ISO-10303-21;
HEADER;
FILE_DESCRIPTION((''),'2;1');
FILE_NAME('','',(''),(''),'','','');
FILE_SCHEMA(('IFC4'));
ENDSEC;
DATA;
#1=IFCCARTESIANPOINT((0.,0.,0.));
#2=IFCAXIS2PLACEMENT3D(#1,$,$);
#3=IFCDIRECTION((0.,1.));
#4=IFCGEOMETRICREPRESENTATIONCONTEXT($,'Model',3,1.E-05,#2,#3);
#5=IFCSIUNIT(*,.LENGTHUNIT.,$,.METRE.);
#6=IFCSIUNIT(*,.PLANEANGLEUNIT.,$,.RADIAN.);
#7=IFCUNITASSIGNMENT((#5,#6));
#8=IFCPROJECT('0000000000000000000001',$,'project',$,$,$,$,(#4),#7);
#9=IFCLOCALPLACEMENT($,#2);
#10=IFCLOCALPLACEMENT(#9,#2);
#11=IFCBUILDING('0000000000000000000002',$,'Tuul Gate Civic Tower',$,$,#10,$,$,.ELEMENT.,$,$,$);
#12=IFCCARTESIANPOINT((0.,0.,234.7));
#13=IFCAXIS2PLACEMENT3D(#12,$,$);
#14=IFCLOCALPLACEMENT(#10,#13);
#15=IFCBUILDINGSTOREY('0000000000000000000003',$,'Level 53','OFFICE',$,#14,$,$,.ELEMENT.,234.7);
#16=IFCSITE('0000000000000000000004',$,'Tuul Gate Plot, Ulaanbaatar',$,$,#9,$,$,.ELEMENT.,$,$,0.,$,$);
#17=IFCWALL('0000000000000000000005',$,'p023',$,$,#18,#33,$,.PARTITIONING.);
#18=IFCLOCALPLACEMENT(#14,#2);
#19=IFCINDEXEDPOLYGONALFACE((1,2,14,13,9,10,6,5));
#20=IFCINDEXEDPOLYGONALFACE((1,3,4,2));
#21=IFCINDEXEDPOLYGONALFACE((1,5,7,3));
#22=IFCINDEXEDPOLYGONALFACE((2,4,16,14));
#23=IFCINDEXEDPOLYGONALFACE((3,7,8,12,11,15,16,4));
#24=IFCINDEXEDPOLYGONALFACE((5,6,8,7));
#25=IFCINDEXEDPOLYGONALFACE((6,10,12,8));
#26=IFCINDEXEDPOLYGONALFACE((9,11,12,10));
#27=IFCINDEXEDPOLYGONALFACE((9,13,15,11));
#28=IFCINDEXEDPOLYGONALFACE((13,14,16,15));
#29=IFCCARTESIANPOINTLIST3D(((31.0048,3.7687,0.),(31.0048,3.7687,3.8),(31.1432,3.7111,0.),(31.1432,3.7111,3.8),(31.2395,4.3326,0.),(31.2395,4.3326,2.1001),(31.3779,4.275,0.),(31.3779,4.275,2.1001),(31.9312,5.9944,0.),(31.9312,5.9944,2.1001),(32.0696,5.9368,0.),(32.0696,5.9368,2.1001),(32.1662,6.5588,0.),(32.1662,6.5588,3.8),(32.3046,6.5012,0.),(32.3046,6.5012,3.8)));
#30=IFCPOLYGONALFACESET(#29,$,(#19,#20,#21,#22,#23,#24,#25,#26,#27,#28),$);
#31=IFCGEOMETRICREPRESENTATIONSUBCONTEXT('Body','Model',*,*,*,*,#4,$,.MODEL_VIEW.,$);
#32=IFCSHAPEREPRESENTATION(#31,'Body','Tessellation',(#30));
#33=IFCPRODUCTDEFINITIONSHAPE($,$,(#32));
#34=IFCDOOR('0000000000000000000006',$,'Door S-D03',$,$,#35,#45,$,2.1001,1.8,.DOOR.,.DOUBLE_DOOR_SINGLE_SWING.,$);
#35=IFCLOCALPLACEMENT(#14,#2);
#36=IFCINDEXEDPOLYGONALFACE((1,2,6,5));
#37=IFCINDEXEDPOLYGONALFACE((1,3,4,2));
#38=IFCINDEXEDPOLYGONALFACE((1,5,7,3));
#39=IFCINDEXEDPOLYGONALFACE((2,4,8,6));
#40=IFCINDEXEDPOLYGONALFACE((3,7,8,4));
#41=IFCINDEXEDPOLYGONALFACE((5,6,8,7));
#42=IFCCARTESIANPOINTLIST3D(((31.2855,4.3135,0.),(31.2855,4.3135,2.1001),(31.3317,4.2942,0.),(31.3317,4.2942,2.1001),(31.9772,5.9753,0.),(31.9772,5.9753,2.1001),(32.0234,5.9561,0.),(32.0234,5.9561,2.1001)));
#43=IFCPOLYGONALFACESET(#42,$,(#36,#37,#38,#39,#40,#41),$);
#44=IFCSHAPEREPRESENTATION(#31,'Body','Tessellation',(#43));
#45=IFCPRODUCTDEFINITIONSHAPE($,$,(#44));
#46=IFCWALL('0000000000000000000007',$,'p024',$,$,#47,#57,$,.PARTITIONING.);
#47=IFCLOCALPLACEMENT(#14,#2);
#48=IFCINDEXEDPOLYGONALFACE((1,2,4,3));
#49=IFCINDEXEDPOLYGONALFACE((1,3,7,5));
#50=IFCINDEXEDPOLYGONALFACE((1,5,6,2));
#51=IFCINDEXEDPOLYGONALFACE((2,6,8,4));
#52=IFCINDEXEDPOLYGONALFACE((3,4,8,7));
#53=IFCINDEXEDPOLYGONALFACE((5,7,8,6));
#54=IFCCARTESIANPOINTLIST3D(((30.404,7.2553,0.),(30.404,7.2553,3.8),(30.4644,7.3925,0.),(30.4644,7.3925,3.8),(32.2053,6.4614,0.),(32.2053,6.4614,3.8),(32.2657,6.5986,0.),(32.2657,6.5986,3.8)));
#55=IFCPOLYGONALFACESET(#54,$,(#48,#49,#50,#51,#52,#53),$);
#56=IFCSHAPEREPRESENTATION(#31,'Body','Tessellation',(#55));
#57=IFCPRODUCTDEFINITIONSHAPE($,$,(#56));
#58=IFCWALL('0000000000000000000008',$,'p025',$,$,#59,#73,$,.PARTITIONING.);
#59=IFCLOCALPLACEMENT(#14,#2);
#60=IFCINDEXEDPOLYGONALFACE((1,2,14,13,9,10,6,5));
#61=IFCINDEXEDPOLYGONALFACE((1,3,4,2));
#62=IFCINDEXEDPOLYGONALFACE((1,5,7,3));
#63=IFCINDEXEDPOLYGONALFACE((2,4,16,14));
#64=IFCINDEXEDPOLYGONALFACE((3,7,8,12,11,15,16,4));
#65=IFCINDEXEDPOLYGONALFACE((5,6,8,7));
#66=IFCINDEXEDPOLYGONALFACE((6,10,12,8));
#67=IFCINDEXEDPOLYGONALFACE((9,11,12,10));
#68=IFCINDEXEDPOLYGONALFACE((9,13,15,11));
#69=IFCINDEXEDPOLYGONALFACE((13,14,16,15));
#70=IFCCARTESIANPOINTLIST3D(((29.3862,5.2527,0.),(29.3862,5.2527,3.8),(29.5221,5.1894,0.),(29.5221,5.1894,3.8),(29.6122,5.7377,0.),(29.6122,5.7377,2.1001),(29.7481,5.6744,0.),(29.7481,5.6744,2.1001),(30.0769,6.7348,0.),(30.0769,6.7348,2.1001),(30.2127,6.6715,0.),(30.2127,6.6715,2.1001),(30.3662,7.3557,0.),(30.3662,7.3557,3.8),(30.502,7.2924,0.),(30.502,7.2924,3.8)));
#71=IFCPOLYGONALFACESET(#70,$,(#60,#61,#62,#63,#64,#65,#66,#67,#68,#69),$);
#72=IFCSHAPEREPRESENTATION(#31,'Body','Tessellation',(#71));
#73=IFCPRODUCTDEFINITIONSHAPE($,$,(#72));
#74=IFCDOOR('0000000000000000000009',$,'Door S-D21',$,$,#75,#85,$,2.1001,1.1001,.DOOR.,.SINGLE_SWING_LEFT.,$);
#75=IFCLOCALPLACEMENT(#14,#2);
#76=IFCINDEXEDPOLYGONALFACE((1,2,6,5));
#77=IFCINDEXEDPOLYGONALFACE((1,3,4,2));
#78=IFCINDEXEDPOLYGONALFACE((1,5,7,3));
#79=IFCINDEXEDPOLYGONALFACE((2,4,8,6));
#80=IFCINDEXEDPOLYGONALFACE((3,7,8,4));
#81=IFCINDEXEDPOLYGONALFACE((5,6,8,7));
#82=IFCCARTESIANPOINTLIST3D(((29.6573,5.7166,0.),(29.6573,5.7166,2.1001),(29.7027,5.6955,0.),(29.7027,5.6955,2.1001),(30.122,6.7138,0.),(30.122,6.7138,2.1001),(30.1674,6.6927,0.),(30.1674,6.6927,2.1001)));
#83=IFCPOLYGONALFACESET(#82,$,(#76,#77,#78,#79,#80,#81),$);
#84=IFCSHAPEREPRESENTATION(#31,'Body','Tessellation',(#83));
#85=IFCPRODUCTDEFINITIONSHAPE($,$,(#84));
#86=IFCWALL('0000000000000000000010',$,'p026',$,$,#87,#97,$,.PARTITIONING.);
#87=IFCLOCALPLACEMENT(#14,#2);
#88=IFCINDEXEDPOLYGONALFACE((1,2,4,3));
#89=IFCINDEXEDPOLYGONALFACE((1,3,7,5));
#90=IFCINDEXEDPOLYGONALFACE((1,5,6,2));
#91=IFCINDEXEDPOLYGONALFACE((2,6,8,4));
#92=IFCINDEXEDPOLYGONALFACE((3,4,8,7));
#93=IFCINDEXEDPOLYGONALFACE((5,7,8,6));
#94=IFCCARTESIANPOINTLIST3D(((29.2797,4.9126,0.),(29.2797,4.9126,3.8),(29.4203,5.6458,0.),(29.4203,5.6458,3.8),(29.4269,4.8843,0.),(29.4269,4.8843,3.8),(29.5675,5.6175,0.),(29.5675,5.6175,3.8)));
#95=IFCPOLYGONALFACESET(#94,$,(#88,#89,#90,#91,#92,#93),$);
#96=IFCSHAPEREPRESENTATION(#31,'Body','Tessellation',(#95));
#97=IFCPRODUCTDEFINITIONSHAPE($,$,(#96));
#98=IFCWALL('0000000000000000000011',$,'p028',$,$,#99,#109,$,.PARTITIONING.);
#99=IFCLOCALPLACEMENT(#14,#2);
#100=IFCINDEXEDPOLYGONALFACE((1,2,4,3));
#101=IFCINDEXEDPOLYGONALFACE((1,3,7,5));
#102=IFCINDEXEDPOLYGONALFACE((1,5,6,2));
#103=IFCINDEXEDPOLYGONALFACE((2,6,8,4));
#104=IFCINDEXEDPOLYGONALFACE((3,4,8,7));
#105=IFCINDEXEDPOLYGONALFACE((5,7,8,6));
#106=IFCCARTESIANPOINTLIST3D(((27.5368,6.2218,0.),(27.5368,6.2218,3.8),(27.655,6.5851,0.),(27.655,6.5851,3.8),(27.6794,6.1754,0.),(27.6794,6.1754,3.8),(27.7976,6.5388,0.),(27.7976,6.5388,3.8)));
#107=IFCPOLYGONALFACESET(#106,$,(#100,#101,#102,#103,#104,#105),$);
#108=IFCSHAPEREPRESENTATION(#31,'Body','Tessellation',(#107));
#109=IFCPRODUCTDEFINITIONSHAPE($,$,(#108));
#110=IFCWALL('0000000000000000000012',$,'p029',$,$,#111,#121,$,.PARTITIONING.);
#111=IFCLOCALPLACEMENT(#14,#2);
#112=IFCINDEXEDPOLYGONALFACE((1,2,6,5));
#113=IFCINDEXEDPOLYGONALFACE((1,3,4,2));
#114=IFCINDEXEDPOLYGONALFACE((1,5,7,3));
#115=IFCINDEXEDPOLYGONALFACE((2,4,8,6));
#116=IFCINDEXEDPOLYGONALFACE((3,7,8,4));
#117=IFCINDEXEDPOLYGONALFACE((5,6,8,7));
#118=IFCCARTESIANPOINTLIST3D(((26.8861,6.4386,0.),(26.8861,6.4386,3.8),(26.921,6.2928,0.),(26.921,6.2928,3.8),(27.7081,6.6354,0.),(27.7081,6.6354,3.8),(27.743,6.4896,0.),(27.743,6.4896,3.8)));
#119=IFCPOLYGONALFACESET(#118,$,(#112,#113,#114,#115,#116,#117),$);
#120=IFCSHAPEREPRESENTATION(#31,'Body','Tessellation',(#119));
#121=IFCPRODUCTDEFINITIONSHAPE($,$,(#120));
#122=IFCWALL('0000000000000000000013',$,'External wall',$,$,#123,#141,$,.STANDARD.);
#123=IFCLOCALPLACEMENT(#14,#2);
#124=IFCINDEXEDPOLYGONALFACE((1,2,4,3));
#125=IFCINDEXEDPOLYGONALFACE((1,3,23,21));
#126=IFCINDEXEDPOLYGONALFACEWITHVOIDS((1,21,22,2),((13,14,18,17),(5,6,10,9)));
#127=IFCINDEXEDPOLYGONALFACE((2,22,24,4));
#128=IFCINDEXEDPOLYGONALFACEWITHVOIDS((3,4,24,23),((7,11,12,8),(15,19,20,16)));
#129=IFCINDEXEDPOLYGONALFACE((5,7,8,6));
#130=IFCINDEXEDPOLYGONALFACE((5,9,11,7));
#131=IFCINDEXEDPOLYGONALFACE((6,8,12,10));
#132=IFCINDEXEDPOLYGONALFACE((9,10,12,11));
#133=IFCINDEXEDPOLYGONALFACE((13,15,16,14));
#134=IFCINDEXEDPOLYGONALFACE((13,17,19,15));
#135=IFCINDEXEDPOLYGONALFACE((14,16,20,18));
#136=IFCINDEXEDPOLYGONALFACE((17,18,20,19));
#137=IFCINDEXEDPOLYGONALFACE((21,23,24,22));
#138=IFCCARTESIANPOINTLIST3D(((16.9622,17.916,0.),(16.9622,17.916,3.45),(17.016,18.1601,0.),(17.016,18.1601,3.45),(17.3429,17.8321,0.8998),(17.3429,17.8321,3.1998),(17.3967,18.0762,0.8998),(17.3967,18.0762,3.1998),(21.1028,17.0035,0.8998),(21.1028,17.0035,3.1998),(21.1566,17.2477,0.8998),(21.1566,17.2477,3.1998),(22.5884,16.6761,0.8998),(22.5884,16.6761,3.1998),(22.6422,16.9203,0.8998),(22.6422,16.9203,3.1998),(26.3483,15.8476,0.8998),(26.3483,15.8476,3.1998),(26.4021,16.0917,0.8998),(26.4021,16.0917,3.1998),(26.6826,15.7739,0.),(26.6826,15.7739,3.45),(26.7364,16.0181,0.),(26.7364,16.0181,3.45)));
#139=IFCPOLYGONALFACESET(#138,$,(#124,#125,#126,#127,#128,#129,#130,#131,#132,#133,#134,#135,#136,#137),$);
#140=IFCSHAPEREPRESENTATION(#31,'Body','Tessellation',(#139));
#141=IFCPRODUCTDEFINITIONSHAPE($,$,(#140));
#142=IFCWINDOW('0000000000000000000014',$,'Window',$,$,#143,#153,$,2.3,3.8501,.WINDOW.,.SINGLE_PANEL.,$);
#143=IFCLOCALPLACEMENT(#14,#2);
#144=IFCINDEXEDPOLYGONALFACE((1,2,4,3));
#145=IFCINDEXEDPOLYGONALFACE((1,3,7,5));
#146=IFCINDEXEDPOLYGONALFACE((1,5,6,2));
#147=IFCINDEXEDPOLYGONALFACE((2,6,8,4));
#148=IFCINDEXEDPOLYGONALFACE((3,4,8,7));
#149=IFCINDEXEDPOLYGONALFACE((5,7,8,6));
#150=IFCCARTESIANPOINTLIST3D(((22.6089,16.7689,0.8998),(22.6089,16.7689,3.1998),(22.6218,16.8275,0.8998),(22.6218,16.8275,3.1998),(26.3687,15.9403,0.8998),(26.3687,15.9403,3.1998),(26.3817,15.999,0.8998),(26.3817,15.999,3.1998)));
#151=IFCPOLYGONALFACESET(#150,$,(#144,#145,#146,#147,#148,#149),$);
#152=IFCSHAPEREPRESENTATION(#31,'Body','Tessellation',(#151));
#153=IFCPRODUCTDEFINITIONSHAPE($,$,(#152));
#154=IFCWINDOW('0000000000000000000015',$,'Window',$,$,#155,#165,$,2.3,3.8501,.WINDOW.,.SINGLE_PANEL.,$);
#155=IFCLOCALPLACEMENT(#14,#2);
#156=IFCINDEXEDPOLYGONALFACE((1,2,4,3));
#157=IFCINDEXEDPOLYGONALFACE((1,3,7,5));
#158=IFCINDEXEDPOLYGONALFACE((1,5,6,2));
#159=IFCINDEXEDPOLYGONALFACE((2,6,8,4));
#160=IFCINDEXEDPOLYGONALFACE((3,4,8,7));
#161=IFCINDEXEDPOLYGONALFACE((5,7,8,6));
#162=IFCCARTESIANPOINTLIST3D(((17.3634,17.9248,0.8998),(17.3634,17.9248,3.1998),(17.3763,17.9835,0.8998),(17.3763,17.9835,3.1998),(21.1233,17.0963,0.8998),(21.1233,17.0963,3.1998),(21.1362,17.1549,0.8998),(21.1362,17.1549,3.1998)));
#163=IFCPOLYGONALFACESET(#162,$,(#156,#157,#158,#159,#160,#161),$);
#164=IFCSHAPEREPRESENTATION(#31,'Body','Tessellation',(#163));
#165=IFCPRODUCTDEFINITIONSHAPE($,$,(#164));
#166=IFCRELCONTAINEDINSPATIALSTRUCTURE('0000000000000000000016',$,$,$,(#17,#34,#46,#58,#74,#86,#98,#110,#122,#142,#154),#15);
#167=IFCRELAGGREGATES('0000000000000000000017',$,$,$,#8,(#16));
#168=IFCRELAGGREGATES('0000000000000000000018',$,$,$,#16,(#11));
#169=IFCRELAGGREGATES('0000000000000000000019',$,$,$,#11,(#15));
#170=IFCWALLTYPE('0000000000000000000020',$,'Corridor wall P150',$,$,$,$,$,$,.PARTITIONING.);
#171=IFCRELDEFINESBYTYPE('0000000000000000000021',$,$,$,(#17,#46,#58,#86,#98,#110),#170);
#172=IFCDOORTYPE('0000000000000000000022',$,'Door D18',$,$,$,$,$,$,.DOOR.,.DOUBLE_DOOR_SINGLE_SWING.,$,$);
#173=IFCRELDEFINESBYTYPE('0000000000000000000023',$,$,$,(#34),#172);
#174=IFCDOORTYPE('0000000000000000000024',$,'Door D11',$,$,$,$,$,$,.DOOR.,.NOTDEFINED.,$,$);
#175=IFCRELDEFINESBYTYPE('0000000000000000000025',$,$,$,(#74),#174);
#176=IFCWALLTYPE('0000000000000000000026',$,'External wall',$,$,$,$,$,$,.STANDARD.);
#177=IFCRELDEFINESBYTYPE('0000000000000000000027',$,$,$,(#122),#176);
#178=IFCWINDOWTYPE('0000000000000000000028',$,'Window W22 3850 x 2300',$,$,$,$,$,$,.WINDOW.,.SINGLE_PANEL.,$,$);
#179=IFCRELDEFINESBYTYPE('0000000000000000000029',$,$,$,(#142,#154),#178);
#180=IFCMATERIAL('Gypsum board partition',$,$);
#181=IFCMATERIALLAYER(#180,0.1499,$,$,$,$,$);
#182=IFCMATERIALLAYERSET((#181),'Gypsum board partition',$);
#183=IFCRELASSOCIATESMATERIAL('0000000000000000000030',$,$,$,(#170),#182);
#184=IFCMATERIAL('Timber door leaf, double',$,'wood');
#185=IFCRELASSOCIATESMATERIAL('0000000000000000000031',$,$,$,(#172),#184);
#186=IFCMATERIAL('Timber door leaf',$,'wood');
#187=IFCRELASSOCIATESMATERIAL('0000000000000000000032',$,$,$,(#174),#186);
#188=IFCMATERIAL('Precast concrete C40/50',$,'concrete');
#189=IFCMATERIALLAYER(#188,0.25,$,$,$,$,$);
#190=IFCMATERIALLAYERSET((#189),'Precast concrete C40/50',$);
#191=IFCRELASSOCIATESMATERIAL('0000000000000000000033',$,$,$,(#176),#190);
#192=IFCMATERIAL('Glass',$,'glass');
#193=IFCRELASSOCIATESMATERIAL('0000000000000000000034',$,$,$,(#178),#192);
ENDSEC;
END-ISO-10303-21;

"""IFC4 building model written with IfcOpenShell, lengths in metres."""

from ifc_helpers import new_model, si_unit, direction, frame, frame_2d, origin, place, context, subcontext, project, spatial, rectangle, extrude, material, layer, layer_set, type_object, element, fill, save


model = new_model("IFC4")

# Units and contexts
model_context = context("Model", 3, precision=1e-05, world=origin(), true_north=direction((0.0, 1.0)))
body_context = subcontext(model_context, "Body", "Model", "MODEL_VIEW")
ifc_project = project(units=[si_unit("LENGTHUNIT", "METRE"), si_unit("PLANEANGLEUNIT", "RADIAN")], contexts=[model_context])

# Site, building, storey
site_placement = place(None, origin())
site = spatial("IfcSite", under=ifc_project, at=site_placement, Name="Tuul Gate Plot, Ulaanbaatar", CompositionType="ELEMENT", RefElevation=0.0)
building_placement = place(site_placement, origin())
building = spatial("IfcBuilding", under=site, at=building_placement, Name="Tuul Gate Civic Tower", CompositionType="ELEMENT")
storey_placement = place(building_placement, frame((0.0, 0.0, 234.7)))
storey = spatial("IfcBuildingStorey", under=building, at=storey_placement, Name="Level 53", Description="OFFICE", CompositionType="ELEMENT", Elevation=234.7)

# Shared definitions
ifc_material_1 = material(Name="Gypsum board partition")
ifc_layer_1 = layer(ifc_material_1, 0.1499)
ifc_layer_set_1 = layer_set([ifc_layer_1], Name="Gypsum board partition")
wall_type_1 = type_object("IfcWallType", Name="Corridor wall P150", PredefinedType="PARTITIONING", material=ifc_layer_set_1)

# Wall, opening, door
wall_1_placement = place(storey_placement, frame((31.074, 3.7397, 0.0), z_axis=(0.0, 0.0, 1.0), x_axis=(0.384265, 0.923223, 0.0)))
wall_1 = element("IfcWall", 1, at=wall_1_placement, inside=storey, type_object=wall_type_1, Name="p023", PredefinedType="PARTITIONING", context=body_context, shape_type="SweptSolid", body=[
    extrude(rectangle(XDim=3.0222, YDim=0.1499, at=frame_2d((1.5112, 0.0))), origin(), (0.0, 0.0, 1.0), 3.8),
])
opening_1_placement = place(wall_1_placement, frame((0.6111, 0.0, 0.0)))
opening_1 = element("IfcOpeningElement", 2, at=opening_1_placement, cuts=wall_1, PredefinedType="OPENING", context=body_context, shape_type="SweptSolid", body=[
    extrude(rectangle(XDim=1.8, YDim=2.1001, at=frame_2d((0.8999, 1.05))), frame((0.0, 0.085, 0.0), z_axis=(0.0, -1.0, 0.0), x_axis=(1.0, 0.0, 0.0)), (0.0, 0.0, 1.0), 0.1699),
])
ifc_material_2 = material(Name="Timber door leaf, double", Category="wood")
door_type_1 = type_object("IfcDoorType", Name="Door D18", OperationType="DOUBLE_DOOR_SINGLE_SWING", PredefinedType="DOOR", material=ifc_material_2)
door_1_placement = place(opening_1_placement, frame((1.8, 0.0, 0.0), z_axis=(0.0, 0.0, 1.0), x_axis=(-1.0, 0.0, 0.0)))
door_1 = element("IfcDoor", 3, at=door_1_placement, inside=storey, type_object=door_type_1, Name="Door S-D03", OperationType="DOUBLE_DOOR_SINGLE_SWING", OverallHeight=2.1001, OverallWidth=1.8, PredefinedType="DOOR", context=body_context, shape_type="SweptSolid", body=[
    extrude(rectangle(XDim=1.8, YDim=2.1001, at=frame_2d((0.9001, 1.05))), frame((0.0, 0.0249, 0.0), z_axis=(0.0, -1.0, 0.0), x_axis=(1.0, 0.0, 0.0)), (0.0, 0.0, 1.0), 0.05),
])
fill(opening_1, door_1)

# Wall
wall_2_placement = place(storey_placement, frame((30.4341, 7.324, 0.0), z_axis=(0.0, 0.0, 1.0), x_axis=(0.915055, -0.403329, 0.0)))
element("IfcWall", 4, at=wall_2_placement, inside=storey, type_object=wall_type_1, Name="p024", PredefinedType="PARTITIONING", context=body_context, shape_type="SweptSolid", body=[
    extrude(rectangle(XDim=1.9685, YDim=0.1499, at=frame_2d((0.9844, 0.0))), origin(), (0.0, 0.0, 1.0), 3.8),
])

# Wall, opening, door
wall_3_placement = place(storey_placement, frame((29.4541, 5.2209, 0.0), z_axis=(0.0, 0.0, 1.0), x_axis=(0.422378, 0.90642, 0.0)))
wall_3 = element("IfcWall", 5, at=wall_3_placement, inside=storey, type_object=wall_type_1, Name="p025", PredefinedType="PARTITIONING", context=body_context, shape_type="SweptSolid", body=[
    extrude(rectangle(XDim=2.3201, YDim=0.1499, at=frame_2d((1.1602, 0.0))), origin(), (0.0, 0.0, 1.0), 3.8),
])
opening_2_placement = place(wall_3_placement, frame((0.5352, 0.0, 0.0)))
opening_2 = element("IfcOpeningElement", 6, at=opening_2_placement, cuts=wall_3, PredefinedType="OPENING", context=body_context, shape_type="SweptSolid", body=[
    extrude(rectangle(XDim=1.1001, YDim=2.1001, at=frame_2d((0.55, 1.05))), frame((0.0, 0.085, 0.0), z_axis=(0.0, -1.0, 0.0), x_axis=(1.0, 0.0, 0.0)), (0.0, 0.0, 1.0), 0.1699),
])
ifc_material_3 = material(Name="Timber door leaf", Category="wood")
door_type_2 = type_object("IfcDoorType", Name="Door D11", OperationType="NOTDEFINED", PredefinedType="DOOR", material=ifc_material_3)
door_2_placement = place(opening_2_placement, frame((1.1001, 0.0, 0.0), z_axis=(0.0, 0.0, 1.0), x_axis=(-1.0, 0.0, 0.0)))
door_2 = element("IfcDoor", 7, at=door_2_placement, inside=storey, type_object=door_type_2, Name="Door S-D21", OperationType="SINGLE_SWING_LEFT", OverallHeight=2.1001, OverallWidth=1.1001, PredefinedType="DOOR", context=body_context, shape_type="SweptSolid", body=[
    extrude(rectangle(XDim=1.1001, YDim=2.1001, at=frame_2d((0.55, 1.05))), frame((0.0, 0.0249, 0.0), z_axis=(0.0, -1.0, 0.0), x_axis=(1.0, 0.0, 0.0)), (0.0, 0.0, 1.0), 0.05),
])
fill(opening_2, door_2)

# Walls
wall_4_placement = place(storey_placement, frame((29.3533, 4.8984, 0.0), z_axis=(0.0, 0.0, 1.0), x_axis=(0.188374, 0.982097, 0.0)))
element("IfcWall", 8, at=wall_4_placement, inside=storey, type_object=wall_type_1, Name="p026", PredefinedType="PARTITIONING", context=body_context, shape_type="SweptSolid", body=[
    extrude(rectangle(XDim=0.7466, YDim=0.1499, at=frame_2d((0.3733, 0.0))), origin(), (0.0, 0.0, 1.0), 3.8),
])
wall_5_placement = place(storey_placement, frame((27.6082, 6.1987, 0.0), z_axis=(0.0, 0.0, 1.0), x_axis=(0.309317, 0.950959, 0.0)))
element("IfcWall", 9, at=wall_5_placement, inside=storey, type_object=wall_type_1, Name="p028", PredefinedType="PARTITIONING", context=body_context, shape_type="SweptSolid", body=[
    extrude(rectangle(XDim=0.3821, YDim=0.1499, at=frame_2d((0.1909, 0.0))), origin(), (0.0, 0.0, 1.0), 3.8),
])
wall_6_placement = place(storey_placement, frame((26.9036, 6.3657, 0.0), z_axis=(0.0, 0.0, 1.0), x_axis=(0.972523, 0.232805, 0.0)))
element("IfcWall", 10, at=wall_6_placement, inside=storey, type_object=wall_type_1, Name="p029", PredefinedType="PARTITIONING", context=body_context, shape_type="SweptSolid", body=[
    extrude(rectangle(XDim=0.8452, YDim=0.1499, at=frame_2d((0.4226, 0.0))), origin(), (0.0, 0.0, 1.0), 3.8),
])

# Wall, openings, windows
ifc_material_4 = material(Name="Precast concrete C40/50", Category="concrete")
ifc_layer_2 = layer(ifc_material_4, 0.25)
ifc_layer_set_2 = layer_set([ifc_layer_2], Name="Precast concrete C40/50")
wall_type_2 = type_object("IfcWallType", Name="External wall", PredefinedType="STANDARD", material=ifc_layer_set_2)
wall_7_placement = place(storey_placement, frame((26.7095, 15.896, 0.0), z_axis=(0.0, 0.0, 1.0), x_axis=(-0.976569, 0.215206, 0.0)))
wall_7 = element("IfcWall", 11, at=wall_7_placement, inside=storey, type_object=wall_type_2, Name="External wall", PredefinedType="STANDARD", context=body_context, shape_type="SweptSolid", body=[
    extrude(rectangle(XDim=9.9536, YDim=0.25, at=frame_2d((4.9768, 0.0))), origin(), (0.0, 0.0, 1.0), 3.45),
])
opening_3_placement = place(wall_7_placement, frame((0.3423, 0.0, 0.8999)))
opening_3 = element("IfcOpeningElement", 12, at=opening_3_placement, cuts=wall_7, PredefinedType="OPENING", context=body_context, shape_type="SweptSolid", body=[
    extrude(rectangle(XDim=3.8501, YDim=2.3, at=frame_2d((1.925, 1.1499))), frame((0.0, 0.135, 0.0), z_axis=(0.0, -1.0, 0.0), x_axis=(1.0, 0.0, 0.0)), (0.0, 0.0, 1.0), 0.27),
])
opening_4_placement = place(wall_7_placement, frame((5.7136, 0.0, 0.8999)))
opening_4 = element("IfcOpeningElement", 13, at=opening_4_placement, cuts=wall_7, PredefinedType="OPENING", context=body_context, shape_type="SweptSolid", body=[
    extrude(rectangle(XDim=3.8501, YDim=2.3, at=frame_2d((1.925, 1.1499))), frame((0.0, 0.135, 0.0), z_axis=(0.0, -1.0, 0.0), x_axis=(1.0, 0.0, 0.0)), (0.0, 0.0, 1.0), 0.27),
])
ifc_material_5 = material(Name="Glass", Category="glass")
window_type = type_object("IfcWindowType", Name="Window W22 3850 x 2300", PartitioningType="SINGLE_PANEL", PredefinedType="WINDOW", material=ifc_material_5)
window_1_placement = place(opening_3_placement, origin())
window_1 = element("IfcWindow", 14, at=window_1_placement, inside=storey, type_object=window_type, Name="Window", OverallHeight=2.3, OverallWidth=3.8501, PartitioningType="SINGLE_PANEL", PredefinedType="WINDOW", context=body_context, shape_type="SweptSolid", body=[
    extrude(rectangle(XDim=3.8501, YDim=2.3, at=frame_2d((1.925, 1.1499))), frame((0.0, 0.03, 0.0), z_axis=(0.0, -1.0, 0.0), x_axis=(1.0, 0.0, 0.0)), (0.0, 0.0, 1.0), 0.0601),
])
fill(opening_3, window_1)
window_2_placement = place(opening_4_placement, origin())
window_2 = element("IfcWindow", 15, at=window_2_placement, inside=storey, type_object=window_type, Name="Window", OverallHeight=2.3, OverallWidth=3.8501, PartitioningType="SINGLE_PANEL", PredefinedType="WINDOW", context=body_context, shape_type="SweptSolid", body=[
    extrude(rectangle(XDim=3.8501, YDim=2.3, at=frame_2d((1.925, 1.1499))), frame((0.0, 0.03, 0.0), z_axis=(0.0, -1.0, 0.0), x_axis=(1.0, 0.0, 0.0)), (0.0, 0.0, 1.0), 0.0601),
])
fill(opening_4, window_2)

save(model, "model.ifc")
